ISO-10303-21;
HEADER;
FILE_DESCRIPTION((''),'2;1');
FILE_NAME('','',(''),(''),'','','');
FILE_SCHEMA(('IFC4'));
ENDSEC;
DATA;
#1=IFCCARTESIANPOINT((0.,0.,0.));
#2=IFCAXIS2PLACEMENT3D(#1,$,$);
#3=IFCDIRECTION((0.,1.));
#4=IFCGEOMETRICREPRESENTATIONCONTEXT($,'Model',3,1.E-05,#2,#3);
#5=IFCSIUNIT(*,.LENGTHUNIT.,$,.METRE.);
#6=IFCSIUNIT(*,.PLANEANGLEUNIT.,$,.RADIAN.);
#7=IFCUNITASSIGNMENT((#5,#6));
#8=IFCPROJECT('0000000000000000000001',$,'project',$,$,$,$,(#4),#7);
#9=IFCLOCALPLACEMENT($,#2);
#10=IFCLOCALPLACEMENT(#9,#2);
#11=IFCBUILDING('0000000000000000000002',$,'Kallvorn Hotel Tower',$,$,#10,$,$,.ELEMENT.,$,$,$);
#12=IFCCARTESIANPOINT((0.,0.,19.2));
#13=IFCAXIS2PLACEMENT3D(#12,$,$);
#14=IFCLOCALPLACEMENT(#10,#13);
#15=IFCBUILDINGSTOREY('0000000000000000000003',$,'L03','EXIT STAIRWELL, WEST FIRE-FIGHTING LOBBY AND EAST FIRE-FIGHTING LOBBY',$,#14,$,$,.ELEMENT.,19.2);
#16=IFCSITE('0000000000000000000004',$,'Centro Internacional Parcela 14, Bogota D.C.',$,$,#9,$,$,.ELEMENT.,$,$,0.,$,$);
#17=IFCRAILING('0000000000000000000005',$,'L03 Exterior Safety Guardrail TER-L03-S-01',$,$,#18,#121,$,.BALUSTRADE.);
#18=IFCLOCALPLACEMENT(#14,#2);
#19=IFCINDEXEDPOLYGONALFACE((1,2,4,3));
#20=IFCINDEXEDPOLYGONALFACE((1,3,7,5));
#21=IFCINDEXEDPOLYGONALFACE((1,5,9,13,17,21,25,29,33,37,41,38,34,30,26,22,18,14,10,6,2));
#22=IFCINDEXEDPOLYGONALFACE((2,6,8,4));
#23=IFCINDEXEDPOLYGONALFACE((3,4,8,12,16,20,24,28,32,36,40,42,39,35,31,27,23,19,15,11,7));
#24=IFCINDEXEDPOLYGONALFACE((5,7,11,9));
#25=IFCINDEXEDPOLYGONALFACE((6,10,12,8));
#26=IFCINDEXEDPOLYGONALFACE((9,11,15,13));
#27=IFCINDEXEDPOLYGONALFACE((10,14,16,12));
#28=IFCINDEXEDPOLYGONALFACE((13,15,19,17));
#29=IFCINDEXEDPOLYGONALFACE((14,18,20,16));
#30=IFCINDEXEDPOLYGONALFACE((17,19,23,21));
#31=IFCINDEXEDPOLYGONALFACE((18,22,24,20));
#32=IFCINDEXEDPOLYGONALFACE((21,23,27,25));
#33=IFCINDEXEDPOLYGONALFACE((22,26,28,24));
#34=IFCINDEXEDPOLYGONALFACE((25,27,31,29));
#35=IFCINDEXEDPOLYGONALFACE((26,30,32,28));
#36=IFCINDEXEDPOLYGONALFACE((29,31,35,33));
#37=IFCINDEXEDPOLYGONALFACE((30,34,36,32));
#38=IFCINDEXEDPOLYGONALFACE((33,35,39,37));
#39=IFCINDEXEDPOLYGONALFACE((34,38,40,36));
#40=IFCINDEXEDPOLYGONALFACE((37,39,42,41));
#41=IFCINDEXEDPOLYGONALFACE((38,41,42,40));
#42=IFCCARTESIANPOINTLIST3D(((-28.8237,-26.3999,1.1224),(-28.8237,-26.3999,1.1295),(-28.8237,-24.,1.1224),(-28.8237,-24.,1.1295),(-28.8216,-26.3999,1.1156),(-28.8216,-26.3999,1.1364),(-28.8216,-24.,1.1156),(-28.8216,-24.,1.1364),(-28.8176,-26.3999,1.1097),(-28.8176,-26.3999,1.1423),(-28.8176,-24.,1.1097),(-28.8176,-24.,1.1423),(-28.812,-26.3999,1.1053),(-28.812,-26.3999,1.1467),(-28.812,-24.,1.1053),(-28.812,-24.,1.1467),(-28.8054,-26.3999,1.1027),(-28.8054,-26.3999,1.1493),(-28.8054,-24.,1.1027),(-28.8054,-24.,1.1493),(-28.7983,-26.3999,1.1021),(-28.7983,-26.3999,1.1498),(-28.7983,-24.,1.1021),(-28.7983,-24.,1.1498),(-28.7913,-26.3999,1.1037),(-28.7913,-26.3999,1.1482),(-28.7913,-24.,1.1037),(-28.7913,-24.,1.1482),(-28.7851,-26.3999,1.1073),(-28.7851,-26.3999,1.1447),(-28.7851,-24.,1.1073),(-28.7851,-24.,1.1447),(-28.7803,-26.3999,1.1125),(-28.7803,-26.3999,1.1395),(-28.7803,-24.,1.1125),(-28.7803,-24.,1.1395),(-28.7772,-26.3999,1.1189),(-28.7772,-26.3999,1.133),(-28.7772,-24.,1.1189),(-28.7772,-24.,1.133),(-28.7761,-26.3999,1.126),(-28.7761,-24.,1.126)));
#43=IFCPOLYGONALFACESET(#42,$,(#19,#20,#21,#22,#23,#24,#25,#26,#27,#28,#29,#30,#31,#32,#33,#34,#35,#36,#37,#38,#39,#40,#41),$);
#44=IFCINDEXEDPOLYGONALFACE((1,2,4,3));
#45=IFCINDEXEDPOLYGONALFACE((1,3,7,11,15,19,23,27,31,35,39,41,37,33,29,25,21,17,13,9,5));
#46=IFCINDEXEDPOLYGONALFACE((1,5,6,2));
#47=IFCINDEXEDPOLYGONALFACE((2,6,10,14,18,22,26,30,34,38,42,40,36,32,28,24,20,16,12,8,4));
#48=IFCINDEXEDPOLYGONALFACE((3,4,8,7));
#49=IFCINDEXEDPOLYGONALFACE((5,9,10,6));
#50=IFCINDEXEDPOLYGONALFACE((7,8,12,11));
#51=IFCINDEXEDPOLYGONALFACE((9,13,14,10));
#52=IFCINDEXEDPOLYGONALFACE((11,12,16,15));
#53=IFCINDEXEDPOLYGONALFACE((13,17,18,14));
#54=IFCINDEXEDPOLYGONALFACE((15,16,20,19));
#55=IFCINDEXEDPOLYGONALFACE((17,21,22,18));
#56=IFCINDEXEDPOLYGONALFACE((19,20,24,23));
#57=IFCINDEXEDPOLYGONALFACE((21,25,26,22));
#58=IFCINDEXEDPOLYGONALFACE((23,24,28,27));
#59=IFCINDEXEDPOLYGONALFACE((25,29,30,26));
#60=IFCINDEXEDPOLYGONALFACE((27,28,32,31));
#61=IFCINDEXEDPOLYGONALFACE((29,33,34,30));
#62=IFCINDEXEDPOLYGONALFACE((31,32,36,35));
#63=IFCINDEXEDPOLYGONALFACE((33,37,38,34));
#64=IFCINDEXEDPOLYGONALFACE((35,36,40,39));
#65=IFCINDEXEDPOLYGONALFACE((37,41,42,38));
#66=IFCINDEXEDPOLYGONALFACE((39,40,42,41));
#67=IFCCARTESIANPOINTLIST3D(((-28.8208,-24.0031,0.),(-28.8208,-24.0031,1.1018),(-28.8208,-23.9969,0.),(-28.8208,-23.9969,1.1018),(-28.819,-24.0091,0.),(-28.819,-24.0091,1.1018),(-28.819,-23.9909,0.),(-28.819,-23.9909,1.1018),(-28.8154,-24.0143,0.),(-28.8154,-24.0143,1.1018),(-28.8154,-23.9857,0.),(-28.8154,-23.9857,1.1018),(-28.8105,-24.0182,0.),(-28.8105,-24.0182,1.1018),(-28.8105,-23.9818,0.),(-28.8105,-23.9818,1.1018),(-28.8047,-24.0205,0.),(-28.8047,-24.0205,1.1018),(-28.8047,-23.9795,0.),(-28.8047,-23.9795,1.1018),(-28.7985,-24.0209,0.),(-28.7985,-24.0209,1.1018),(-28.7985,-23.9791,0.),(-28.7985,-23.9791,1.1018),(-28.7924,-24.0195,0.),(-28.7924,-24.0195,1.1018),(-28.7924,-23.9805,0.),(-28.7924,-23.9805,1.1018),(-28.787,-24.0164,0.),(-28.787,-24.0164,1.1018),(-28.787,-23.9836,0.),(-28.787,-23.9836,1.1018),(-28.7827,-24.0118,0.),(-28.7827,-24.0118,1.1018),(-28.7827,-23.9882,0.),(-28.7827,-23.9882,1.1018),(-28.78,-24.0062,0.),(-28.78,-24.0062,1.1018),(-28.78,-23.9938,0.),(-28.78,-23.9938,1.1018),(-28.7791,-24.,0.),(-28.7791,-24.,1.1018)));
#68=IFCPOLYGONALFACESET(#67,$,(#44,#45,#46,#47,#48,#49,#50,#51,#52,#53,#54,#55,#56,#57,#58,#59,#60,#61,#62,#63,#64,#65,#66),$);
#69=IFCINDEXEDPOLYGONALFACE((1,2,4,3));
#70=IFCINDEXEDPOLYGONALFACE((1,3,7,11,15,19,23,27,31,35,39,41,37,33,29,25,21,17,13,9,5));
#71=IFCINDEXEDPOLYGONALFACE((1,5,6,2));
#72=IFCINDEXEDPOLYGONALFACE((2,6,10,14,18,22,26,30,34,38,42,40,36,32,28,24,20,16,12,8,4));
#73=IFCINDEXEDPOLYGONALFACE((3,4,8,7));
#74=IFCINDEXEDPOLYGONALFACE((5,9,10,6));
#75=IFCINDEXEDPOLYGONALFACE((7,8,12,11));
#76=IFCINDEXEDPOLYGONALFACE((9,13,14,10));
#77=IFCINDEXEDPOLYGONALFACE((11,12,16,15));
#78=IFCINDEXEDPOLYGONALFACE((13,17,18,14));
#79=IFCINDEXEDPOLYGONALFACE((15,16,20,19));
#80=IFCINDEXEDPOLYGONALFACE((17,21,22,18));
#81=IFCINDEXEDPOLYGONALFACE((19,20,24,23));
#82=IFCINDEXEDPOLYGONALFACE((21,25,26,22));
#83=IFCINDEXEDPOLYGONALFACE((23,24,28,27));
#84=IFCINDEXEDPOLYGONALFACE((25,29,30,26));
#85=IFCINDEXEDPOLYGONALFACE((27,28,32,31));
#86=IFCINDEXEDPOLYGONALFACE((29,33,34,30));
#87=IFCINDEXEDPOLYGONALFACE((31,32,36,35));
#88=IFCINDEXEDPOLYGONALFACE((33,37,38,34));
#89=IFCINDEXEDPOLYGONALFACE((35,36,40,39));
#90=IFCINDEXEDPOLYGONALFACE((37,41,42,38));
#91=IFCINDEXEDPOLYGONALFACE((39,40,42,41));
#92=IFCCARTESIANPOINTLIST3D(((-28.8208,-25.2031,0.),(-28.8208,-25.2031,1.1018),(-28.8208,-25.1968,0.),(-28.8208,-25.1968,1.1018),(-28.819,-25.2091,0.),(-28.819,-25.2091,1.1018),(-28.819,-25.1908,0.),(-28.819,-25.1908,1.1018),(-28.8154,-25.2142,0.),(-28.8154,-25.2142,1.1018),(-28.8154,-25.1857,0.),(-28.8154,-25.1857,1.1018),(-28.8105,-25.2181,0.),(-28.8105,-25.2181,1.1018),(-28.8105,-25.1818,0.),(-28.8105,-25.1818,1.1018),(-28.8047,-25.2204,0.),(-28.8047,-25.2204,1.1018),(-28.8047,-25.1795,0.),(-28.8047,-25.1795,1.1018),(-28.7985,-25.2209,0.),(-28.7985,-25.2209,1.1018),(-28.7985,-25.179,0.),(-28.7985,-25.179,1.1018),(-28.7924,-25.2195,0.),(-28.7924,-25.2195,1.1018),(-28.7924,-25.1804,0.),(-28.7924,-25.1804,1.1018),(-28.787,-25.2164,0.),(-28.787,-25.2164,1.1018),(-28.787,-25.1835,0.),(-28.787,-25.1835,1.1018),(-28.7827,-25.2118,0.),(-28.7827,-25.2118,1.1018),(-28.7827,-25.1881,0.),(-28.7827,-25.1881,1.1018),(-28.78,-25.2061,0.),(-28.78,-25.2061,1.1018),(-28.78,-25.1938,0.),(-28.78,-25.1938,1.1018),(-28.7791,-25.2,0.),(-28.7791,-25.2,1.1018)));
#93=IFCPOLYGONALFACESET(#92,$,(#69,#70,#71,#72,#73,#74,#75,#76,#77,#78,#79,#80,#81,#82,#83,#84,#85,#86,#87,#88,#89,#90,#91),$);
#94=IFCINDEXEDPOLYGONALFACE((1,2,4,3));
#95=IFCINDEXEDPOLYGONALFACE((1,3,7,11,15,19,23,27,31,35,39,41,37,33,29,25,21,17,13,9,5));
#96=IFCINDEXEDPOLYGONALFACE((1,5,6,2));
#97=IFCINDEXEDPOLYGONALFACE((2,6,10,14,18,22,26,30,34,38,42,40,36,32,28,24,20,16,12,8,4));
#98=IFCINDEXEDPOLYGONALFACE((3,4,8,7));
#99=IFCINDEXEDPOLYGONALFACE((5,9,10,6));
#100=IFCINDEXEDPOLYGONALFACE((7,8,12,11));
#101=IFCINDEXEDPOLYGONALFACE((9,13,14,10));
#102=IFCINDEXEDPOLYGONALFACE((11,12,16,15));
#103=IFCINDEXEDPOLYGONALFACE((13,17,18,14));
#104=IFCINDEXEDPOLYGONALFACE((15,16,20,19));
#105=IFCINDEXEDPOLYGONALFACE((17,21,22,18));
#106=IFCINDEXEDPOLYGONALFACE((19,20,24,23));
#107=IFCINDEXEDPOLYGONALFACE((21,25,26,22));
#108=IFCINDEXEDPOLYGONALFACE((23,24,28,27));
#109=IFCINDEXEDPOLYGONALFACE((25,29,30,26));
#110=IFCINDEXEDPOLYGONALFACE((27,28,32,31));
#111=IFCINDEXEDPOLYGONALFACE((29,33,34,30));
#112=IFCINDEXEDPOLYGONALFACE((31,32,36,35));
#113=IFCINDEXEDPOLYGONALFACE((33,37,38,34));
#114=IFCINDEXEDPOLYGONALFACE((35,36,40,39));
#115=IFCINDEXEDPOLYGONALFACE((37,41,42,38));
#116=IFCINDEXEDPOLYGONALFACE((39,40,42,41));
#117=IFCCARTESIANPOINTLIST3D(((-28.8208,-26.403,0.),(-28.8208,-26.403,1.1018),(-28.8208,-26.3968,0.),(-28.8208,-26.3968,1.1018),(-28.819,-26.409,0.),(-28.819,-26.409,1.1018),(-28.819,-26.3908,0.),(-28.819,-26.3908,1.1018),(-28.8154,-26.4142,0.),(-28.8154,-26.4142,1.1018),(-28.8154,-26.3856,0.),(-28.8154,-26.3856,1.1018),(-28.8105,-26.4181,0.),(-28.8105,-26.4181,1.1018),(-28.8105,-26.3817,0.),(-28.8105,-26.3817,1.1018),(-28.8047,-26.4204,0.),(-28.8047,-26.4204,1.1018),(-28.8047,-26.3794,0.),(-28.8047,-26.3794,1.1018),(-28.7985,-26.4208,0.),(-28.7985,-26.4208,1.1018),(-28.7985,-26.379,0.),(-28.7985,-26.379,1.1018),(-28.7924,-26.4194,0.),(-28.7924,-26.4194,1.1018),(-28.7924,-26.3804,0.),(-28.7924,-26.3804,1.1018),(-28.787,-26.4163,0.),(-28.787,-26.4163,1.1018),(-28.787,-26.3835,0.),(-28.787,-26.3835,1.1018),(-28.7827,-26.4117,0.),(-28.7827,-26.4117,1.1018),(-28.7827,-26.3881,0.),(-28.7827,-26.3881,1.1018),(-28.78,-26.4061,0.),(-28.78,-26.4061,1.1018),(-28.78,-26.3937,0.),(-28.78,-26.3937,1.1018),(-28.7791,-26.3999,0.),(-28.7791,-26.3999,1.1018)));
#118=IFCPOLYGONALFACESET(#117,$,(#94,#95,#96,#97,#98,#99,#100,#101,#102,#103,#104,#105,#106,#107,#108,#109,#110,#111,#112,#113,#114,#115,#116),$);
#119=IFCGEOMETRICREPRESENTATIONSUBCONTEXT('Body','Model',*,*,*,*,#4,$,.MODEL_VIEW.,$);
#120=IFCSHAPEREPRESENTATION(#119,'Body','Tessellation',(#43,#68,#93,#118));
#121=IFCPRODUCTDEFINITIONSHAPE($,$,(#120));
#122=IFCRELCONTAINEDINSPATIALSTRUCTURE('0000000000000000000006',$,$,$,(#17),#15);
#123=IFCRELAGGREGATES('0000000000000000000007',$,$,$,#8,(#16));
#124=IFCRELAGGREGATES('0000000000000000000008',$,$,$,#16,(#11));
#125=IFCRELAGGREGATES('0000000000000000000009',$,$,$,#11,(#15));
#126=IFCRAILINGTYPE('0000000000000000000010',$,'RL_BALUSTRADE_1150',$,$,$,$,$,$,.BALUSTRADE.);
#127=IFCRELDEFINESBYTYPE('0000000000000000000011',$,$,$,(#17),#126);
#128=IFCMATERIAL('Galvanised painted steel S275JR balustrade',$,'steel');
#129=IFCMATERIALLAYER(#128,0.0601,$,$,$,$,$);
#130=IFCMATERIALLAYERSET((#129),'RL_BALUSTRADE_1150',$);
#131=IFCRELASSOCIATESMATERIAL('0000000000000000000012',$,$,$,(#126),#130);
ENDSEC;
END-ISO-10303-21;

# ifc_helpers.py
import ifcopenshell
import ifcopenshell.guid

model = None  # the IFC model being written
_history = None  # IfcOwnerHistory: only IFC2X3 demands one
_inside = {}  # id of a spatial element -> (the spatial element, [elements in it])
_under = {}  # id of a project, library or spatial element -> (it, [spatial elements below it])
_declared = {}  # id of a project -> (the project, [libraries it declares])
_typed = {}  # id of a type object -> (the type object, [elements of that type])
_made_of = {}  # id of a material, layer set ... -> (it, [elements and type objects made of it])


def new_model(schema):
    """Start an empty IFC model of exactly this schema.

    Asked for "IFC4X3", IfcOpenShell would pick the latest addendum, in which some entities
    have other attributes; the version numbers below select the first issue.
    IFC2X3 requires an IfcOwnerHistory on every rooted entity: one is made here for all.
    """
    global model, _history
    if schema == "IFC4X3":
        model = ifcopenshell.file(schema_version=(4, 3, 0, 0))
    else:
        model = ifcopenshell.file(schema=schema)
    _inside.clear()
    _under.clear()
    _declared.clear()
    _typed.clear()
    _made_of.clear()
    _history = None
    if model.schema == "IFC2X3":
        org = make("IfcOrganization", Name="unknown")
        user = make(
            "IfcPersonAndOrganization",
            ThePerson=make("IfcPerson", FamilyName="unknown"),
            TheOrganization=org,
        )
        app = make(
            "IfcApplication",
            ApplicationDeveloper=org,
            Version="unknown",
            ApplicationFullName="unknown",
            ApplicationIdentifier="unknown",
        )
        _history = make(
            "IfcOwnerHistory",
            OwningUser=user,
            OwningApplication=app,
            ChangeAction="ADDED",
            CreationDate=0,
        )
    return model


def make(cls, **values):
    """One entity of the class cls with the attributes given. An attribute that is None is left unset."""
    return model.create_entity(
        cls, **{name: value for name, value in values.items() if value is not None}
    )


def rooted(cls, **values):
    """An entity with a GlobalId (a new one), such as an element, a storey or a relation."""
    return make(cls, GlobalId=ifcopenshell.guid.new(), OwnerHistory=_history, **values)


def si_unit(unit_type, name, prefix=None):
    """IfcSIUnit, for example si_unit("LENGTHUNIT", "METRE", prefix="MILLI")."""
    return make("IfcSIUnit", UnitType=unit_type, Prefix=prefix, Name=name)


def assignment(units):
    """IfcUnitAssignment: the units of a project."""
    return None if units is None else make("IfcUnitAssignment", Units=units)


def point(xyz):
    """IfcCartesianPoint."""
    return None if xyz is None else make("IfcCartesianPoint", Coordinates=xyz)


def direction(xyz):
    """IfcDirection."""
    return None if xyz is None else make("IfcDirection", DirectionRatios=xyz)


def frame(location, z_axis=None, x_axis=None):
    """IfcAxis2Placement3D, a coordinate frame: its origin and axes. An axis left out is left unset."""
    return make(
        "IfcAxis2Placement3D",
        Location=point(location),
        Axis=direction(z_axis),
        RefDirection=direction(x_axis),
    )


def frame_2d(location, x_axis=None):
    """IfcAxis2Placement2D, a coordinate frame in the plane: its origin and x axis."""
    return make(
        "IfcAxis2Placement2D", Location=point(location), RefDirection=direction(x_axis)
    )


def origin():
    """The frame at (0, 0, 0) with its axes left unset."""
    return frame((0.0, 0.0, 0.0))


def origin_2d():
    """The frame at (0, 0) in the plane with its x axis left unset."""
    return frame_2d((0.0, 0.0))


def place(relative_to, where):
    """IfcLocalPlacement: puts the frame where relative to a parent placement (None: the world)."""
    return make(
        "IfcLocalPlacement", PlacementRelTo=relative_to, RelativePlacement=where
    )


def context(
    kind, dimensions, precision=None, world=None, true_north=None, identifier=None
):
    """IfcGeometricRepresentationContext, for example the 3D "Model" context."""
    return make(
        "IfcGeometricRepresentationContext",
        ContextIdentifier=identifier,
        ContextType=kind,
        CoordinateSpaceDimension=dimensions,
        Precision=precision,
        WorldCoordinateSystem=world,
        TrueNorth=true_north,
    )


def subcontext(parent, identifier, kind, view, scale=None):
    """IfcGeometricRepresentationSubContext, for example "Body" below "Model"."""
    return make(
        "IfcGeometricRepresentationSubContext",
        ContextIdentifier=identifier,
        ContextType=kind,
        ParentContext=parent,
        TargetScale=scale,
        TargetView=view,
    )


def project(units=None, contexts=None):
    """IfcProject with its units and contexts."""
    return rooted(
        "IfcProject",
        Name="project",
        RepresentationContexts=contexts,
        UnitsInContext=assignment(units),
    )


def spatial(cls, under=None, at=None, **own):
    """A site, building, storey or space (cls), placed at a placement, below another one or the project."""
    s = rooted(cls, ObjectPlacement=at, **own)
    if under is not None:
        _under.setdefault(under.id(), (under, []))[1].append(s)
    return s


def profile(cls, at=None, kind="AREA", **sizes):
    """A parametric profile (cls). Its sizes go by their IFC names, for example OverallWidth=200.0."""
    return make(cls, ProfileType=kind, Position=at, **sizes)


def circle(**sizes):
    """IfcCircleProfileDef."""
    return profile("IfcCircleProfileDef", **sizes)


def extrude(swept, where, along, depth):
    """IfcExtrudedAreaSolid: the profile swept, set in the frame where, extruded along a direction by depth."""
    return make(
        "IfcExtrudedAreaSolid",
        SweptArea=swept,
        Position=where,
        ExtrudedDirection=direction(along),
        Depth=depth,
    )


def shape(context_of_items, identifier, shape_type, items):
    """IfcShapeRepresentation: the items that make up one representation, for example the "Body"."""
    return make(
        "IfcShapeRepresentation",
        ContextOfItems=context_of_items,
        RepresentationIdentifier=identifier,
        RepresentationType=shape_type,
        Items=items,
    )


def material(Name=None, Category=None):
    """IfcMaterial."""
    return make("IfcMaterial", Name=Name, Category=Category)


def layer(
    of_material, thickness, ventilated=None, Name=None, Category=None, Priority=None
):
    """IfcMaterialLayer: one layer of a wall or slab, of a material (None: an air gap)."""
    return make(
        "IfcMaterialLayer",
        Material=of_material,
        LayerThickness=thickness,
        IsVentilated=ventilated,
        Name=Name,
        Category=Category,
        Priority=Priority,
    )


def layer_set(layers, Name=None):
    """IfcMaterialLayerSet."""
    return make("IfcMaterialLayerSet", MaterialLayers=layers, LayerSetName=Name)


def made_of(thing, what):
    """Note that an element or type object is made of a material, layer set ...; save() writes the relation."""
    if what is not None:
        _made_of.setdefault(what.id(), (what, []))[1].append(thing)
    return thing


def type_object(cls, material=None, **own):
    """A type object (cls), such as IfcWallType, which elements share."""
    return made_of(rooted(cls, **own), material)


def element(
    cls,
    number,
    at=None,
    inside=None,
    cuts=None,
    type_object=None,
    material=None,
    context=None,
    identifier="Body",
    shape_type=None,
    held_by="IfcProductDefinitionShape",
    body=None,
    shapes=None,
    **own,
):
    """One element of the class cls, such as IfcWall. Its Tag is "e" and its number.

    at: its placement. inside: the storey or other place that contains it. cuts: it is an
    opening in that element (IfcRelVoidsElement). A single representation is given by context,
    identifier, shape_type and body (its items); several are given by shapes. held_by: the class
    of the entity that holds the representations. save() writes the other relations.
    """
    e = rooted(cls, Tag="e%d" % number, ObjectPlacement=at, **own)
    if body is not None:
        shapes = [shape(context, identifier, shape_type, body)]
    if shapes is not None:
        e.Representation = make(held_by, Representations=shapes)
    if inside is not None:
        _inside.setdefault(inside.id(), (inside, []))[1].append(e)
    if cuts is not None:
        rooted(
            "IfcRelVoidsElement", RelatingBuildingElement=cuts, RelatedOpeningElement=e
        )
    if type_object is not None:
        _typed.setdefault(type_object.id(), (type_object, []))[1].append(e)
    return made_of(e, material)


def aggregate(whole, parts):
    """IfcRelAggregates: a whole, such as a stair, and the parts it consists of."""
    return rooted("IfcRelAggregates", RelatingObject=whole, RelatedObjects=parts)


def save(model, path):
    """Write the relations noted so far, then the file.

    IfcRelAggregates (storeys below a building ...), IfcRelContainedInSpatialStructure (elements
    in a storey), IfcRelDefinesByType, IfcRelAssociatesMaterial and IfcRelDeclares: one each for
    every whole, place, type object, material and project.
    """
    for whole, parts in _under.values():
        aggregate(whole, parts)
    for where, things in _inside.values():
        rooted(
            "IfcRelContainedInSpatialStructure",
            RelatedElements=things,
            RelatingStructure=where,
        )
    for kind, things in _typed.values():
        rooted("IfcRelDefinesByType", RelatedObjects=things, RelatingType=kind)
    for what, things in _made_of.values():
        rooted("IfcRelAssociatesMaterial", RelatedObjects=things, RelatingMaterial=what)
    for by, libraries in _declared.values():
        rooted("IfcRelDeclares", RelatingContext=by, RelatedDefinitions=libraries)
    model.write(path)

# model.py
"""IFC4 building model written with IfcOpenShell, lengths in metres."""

from ifc_helpers import new_model, si_unit, direction, frame, origin, origin_2d, place, context, subcontext, project, spatial, circle, extrude, material, layer, layer_set, type_object, element, save


model = new_model("IFC4")

# Units and contexts
model_context = context("Model", 3, precision=1e-05, world=origin(), true_north=direction((0.0, 1.0)))
body_context = subcontext(model_context, "Body", "Model", "MODEL_VIEW")
ifc_project = project(units=[si_unit("LENGTHUNIT", "METRE"), si_unit("PLANEANGLEUNIT", "RADIAN")], contexts=[model_context])

# Site, building, storey
site_placement = place(None, origin())
site = spatial("IfcSite", under=ifc_project, at=site_placement, Name="Centro Internacional Parcela 14, Bogota D.C.", CompositionType="ELEMENT", RefElevation=0.0)
building_placement = place(site_placement, origin())
building = spatial("IfcBuilding", under=site, at=building_placement, Name="Kallvorn Hotel Tower", CompositionType="ELEMENT")
storey_placement = place(building_placement, frame((0.0, 0.0, 19.2)))
storey = spatial("IfcBuildingStorey", under=building, at=storey_placement, Name="L03", Description="EXIT STAIRWELL, WEST FIRE-FIGHTING LOBBY AND EAST FIRE-FIGHTING LOBBY", CompositionType="ELEMENT", Elevation=19.2)

# Railing
ifc_material_1 = material(Name="Galvanised painted steel S275JR balustrade", Category="steel")
ifc_layer_1 = layer(ifc_material_1, 0.0601)
ifc_layer_set_1 = layer_set([ifc_layer_1], Name="RL_BALUSTRADE_1150")
railing_type = type_object("IfcRailingType", Name="RL_BALUSTRADE_1150", PredefinedType="BALUSTRADE", material=ifc_layer_set_1)
railing_1_placement = place(storey_placement, frame((-28.8, -24.0, 0.0)))
element("IfcRailing", 1, at=railing_1_placement, inside=storey, type_object=railing_type, Name="L03 Exterior Safety Guardrail TER-L03-S-01", PredefinedType="BALUSTRADE", context=body_context, shape_type="SweptSolid", body=[
    extrude(circle(Radius=0.0239, at=origin_2d()), frame((0.0, 0.0, 1.126), z_axis=(0.0, -1.0, 0.0), x_axis=(1.0, 0.0, 0.0)), (0.0, 0.0, 1.0), 2.3999),
    extrude(circle(Radius=0.021, at=origin_2d()), origin(), (0.0, 0.0, 1.0), 1.1018),
    extrude(circle(Radius=0.021, at=origin_2d()), frame((0.0, -1.2, 0.0)), (0.0, 0.0, 1.0), 1.1018),
    extrude(circle(Radius=0.021, at=origin_2d()), frame((0.0, -2.3999, 0.0)), (0.0, 0.0, 1.0), 1.1018),
])

save(model, "model.ifc")
